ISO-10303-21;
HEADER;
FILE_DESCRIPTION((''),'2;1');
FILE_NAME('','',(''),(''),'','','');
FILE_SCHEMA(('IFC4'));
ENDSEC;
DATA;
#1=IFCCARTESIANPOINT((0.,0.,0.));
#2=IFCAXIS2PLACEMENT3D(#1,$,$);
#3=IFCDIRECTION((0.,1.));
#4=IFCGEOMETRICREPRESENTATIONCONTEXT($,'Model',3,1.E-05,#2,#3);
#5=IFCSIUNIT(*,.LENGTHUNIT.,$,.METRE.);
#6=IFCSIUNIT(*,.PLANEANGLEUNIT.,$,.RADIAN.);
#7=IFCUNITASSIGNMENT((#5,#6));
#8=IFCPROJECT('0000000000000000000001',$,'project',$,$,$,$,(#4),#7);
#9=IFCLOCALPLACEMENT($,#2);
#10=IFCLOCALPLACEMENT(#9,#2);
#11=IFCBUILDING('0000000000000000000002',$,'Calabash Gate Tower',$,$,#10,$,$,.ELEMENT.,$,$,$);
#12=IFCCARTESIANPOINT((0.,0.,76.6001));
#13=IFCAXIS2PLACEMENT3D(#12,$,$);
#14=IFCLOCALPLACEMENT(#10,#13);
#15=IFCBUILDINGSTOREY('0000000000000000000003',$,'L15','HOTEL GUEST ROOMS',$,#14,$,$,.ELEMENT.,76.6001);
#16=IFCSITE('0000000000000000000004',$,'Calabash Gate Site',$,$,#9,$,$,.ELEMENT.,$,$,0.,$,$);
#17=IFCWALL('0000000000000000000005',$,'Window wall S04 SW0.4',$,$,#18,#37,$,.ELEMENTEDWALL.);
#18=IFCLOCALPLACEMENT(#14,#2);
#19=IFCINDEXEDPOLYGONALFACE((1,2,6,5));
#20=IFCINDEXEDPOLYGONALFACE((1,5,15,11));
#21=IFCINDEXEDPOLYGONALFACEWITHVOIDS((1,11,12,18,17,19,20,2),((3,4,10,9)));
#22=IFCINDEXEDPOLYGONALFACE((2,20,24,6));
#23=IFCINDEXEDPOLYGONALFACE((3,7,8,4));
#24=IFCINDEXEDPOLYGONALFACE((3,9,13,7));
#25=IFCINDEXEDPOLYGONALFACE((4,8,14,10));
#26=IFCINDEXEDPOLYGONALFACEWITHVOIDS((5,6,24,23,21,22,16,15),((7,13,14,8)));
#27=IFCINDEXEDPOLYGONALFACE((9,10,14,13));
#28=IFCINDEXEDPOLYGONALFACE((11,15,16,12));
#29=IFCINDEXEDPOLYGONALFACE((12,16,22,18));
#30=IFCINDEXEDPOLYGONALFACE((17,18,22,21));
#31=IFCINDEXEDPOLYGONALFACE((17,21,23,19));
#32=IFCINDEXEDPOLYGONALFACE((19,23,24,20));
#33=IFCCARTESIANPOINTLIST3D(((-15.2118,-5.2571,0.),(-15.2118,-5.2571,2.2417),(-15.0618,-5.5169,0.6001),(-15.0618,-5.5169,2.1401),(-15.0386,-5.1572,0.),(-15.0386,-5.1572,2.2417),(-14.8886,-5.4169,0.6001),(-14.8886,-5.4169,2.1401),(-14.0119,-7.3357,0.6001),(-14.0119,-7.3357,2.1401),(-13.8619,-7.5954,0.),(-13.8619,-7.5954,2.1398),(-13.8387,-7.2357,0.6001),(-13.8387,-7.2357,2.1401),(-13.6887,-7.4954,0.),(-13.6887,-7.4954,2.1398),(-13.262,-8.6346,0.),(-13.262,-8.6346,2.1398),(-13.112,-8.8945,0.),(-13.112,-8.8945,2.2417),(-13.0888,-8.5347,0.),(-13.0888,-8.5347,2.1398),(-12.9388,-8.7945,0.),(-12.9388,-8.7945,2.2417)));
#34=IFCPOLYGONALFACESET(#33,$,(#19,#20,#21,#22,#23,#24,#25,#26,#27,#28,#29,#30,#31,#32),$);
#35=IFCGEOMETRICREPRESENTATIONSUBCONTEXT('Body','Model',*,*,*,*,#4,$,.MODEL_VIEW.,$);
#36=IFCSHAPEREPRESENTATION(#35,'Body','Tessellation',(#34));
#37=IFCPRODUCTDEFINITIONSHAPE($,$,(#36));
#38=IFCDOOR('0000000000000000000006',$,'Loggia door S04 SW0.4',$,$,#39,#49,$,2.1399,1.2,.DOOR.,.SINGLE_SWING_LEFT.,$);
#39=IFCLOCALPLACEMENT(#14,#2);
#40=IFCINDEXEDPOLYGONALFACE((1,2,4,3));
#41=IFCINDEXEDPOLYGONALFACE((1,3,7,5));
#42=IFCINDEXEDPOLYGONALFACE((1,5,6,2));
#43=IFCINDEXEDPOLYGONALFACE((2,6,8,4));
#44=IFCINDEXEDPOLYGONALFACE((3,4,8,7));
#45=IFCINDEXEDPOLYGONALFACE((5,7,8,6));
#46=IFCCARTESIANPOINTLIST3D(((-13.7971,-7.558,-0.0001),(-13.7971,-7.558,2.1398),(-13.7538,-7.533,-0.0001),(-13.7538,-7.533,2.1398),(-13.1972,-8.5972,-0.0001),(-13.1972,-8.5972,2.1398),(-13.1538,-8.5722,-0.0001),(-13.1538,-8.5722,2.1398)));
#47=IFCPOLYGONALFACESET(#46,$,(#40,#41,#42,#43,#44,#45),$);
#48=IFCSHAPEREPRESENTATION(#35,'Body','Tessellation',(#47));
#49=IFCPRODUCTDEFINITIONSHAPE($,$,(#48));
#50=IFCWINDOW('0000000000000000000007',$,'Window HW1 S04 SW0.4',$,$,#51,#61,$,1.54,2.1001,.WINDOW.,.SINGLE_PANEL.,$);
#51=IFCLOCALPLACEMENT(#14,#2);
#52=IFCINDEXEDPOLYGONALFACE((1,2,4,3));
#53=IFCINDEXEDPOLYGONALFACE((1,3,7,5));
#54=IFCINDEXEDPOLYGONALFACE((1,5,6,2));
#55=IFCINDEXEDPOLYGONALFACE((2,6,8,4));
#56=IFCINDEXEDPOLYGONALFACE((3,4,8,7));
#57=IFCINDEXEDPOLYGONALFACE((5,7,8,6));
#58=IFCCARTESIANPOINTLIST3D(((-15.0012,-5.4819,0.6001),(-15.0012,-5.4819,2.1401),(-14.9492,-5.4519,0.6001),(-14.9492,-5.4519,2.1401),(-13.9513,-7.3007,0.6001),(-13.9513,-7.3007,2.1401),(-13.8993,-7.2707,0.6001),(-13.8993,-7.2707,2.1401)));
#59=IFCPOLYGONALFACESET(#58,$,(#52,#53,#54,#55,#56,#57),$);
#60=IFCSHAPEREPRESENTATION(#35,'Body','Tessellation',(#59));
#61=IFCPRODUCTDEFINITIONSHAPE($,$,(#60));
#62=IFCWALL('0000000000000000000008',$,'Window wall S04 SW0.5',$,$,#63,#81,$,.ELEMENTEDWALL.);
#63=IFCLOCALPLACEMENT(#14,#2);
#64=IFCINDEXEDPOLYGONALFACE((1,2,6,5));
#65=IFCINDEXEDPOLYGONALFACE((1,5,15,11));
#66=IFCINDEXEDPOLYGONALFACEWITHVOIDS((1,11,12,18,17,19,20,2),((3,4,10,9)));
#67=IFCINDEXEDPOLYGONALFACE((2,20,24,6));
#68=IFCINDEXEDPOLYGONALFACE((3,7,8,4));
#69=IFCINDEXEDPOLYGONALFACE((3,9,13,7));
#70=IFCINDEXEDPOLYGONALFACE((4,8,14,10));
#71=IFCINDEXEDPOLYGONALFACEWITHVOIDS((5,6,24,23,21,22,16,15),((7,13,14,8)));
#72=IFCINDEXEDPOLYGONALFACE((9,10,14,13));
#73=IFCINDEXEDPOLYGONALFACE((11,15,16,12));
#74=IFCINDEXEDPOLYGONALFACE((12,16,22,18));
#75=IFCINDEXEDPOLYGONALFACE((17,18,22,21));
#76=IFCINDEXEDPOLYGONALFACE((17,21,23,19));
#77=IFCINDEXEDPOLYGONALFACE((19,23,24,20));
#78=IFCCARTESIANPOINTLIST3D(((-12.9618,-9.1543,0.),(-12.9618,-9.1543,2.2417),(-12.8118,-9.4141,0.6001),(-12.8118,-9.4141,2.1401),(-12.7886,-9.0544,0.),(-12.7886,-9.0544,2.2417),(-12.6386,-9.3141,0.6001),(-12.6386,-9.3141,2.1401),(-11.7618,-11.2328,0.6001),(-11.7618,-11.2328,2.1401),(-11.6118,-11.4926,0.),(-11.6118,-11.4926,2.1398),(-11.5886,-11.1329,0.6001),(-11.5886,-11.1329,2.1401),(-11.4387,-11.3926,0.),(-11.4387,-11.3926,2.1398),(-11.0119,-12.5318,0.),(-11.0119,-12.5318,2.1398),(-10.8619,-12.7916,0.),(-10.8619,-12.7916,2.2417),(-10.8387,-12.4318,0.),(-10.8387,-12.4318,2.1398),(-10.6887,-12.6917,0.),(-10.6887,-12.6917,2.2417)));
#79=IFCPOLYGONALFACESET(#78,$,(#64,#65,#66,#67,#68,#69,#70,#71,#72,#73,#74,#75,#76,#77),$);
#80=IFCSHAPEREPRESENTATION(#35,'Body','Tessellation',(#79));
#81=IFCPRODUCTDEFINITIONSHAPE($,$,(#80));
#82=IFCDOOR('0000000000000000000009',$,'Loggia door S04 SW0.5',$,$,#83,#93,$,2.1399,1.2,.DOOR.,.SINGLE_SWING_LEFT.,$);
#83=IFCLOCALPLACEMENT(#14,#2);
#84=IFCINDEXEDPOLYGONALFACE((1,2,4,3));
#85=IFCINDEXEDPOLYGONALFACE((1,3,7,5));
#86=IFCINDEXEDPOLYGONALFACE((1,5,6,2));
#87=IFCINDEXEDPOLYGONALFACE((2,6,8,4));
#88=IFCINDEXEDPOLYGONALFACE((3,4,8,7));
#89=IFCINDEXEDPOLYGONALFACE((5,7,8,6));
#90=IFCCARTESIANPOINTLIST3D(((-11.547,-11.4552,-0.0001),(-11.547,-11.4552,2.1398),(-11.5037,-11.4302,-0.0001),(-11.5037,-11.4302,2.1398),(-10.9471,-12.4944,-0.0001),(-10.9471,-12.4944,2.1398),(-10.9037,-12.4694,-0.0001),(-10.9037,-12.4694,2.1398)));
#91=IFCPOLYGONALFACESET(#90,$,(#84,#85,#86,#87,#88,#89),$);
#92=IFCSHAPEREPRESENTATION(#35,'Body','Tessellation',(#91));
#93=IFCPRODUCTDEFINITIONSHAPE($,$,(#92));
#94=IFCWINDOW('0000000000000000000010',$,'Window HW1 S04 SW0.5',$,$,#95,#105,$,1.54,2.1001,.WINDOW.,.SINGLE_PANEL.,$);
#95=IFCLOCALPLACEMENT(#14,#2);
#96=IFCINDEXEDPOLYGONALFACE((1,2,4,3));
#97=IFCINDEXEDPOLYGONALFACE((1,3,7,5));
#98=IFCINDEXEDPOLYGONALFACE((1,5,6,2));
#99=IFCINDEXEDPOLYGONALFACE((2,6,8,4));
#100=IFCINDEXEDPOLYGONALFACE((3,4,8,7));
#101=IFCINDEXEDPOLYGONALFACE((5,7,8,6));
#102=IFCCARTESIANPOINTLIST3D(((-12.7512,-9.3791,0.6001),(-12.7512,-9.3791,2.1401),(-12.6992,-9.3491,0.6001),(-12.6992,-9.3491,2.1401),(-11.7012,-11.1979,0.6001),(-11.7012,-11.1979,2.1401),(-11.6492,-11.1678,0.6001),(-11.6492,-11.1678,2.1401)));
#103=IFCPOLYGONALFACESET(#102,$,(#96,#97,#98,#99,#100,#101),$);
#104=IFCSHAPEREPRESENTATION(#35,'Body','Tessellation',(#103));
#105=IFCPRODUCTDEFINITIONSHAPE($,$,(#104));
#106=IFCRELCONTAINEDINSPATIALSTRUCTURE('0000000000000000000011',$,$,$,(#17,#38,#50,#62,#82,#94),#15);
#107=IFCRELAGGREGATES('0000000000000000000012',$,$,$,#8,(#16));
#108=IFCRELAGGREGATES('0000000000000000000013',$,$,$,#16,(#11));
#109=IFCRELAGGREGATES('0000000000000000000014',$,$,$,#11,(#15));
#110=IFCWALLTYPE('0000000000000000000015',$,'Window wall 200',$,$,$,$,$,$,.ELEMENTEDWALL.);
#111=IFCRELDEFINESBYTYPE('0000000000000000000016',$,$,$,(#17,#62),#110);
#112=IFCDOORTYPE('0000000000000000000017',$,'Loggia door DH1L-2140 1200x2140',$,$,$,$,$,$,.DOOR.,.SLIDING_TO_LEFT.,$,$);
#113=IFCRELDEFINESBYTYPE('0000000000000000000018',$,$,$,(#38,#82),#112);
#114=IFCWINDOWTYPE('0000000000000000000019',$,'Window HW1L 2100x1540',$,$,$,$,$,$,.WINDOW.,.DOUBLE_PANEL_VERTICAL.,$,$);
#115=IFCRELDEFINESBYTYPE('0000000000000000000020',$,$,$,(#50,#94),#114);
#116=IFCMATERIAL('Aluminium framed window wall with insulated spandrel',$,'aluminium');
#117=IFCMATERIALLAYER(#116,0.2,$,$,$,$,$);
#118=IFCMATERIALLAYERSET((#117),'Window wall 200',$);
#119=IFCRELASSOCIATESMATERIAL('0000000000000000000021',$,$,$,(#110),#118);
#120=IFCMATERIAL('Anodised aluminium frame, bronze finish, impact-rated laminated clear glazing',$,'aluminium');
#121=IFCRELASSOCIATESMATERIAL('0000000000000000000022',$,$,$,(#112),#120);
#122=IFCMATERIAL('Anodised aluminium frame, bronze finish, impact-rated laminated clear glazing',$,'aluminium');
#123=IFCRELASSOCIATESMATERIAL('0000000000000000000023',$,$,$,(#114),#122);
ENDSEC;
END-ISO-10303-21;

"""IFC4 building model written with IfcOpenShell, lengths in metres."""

from ifc_helpers import new_model, si_unit, direction, frame, frame_2d, origin, place, context, subcontext, project, spatial, rectangle, extrude, material, layer, layer_set, type_object, element, fill, save


model = new_model("IFC4")

# Units and contexts
model_context = context("Model", 3, precision=1e-05, world=origin(), true_north=direction((0.0, 1.0)))
body_context = subcontext(model_context, "Body", "Model", "MODEL_VIEW")
ifc_project = project(units=[si_unit("LENGTHUNIT", "METRE"), si_unit("PLANEANGLEUNIT", "RADIAN")], contexts=[model_context])

# Site, building, storey
site_placement = place(None, origin())
site = spatial("IfcSite", under=ifc_project, at=site_placement, Name="Calabash Gate Site", CompositionType="ELEMENT", RefElevation=0.0)
building_placement = place(site_placement, origin())
building = spatial("IfcBuilding", under=site, at=building_placement, Name="Calabash Gate Tower", CompositionType="ELEMENT")
storey_placement = place(building_placement, frame((0.0, 0.0, 76.6001)))
storey = spatial("IfcBuildingStorey", under=building, at=storey_placement, Name="L15", Description="HOTEL GUEST ROOMS", CompositionType="ELEMENT", Elevation=76.6001)

# Walls, openings, doors, windows
ifc_material_1 = material(Name="Aluminium framed window wall with insulated spandrel", Category="aluminium")
ifc_layer_1 = layer(ifc_material_1, 0.2)
ifc_layer_set_1 = layer_set([ifc_layer_1], Name="Window wall 200")
wall_type_1 = type_object("IfcWallType", Name="Window wall 200", PredefinedType="ELEMENTEDWALL", material=ifc_layer_set_1)
wall_1_placement = place(storey_placement, frame((-15.1252, -5.207, 0.0), z_axis=(0.0, 0.0, 1.0), x_axis=(0.499959, -0.866049, 0.0)))
wall_1 = element("IfcWall", 1, at=wall_1_placement, inside=storey, type_object=wall_type_1, Name="Window wall S04 SW0.4", PredefinedType="ELEMENTEDWALL", context=body_context, shape_type="SweptSolid", body=[
    extrude(rectangle(XDim=4.2, YDim=0.2, at=frame_2d((2.1001, 0.0))), origin(), (0.0, 0.0, 1.0), 2.2417),
])
opening_1_placement = place(wall_1_placement, frame((0.3, 0.0, 0.6001)))
opening_1 = element("IfcOpeningElement", 2, at=opening_1_placement, cuts=wall_1, PredefinedType="OPENING", context=body_context, shape_type="SweptSolid", body=[
    extrude(rectangle(XDim=2.1001, YDim=1.54, at=frame_2d((1.05, 0.77))), frame((0.0, 0.1099, 0.0), z_axis=(0.0, -1.0, 0.0), x_axis=(1.0, 0.0, 0.0)), (0.0, 0.0, 1.0), 0.22),
])
opening_2_placement = place(wall_1_placement, frame((2.7, 0.0, 0.0)))
opening_2 = element("IfcOpeningElement", 3, at=opening_2_placement, cuts=wall_1, PredefinedType="OPENING", context=body_context, shape_type="SweptSolid", body=[
    extrude(rectangle(XDim=1.2, YDim=2.1399, at=frame_2d((0.6001, 1.0698))), frame((0.0, 0.1099, 0.0), z_axis=(0.0, -1.0, 0.0), x_axis=(1.0, 0.0, 0.0)), (0.0, 0.0, 1.0), 0.22),
])
ifc_material_2 = material(Name="Anodised aluminium frame, bronze finish, impact-rated laminated clear glazing", Category="aluminium")
door_type_1 = type_object("IfcDoorType", Name="Loggia door DH1L-2140 1200x2140", OperationType="SLIDING_TO_LEFT", PredefinedType="DOOR", material=ifc_material_2)
door_1_placement = place(opening_2_placement, origin())
door_1 = element("IfcDoor", 4, at=door_1_placement, inside=storey, type_object=door_type_1, Name="Loggia door S04 SW0.4", OperationType="SINGLE_SWING_LEFT", OverallHeight=2.1399, OverallWidth=1.2, PredefinedType="DOOR", context=body_context, shape_type="SweptSolid", body=[
    extrude(rectangle(XDim=1.2, YDim=2.1399, at=frame_2d((0.6001, 1.0698))), frame((0.0, 0.0249, 0.0), z_axis=(0.0, -1.0, 0.0), x_axis=(1.0, 0.0, 0.0)), (0.0, 0.0, 1.0), 0.05),
])
fill(opening_2, door_1)
ifc_material_3 = material(Name="Anodised aluminium frame, bronze finish, impact-rated laminated clear glazing", Category="aluminium")
window_type_1 = type_object("IfcWindowType", Name="Window HW1L 2100x1540", PartitioningType="DOUBLE_PANEL_VERTICAL", PredefinedType="WINDOW", material=ifc_material_3)
window_1_placement = place(opening_1_placement, origin())
window_1 = element("IfcWindow", 5, at=window_1_placement, inside=storey, type_object=window_type_1, Name="Window HW1 S04 SW0.4", OverallHeight=1.54, OverallWidth=2.1001, PartitioningType="SINGLE_PANEL", PredefinedType="WINDOW", context=body_context, shape_type="SweptSolid", body=[
    extrude(rectangle(XDim=2.1001, YDim=1.54, at=frame_2d((1.05, 0.77))), frame((0.0, 0.03, 0.0), z_axis=(0.0, -1.0, 0.0), x_axis=(1.0, 0.0, 0.0)), (0.0, 0.0, 1.0), 0.0601),
])
fill(opening_1, window_1)
wall_2_placement = place(storey_placement, frame((-12.8752, -9.1042, 0.0), z_axis=(0.0, 0.0, 1.0), x_axis=(0.499984, -0.866035, 0.0)))
wall_2 = element("IfcWall", 6, at=wall_2_placement, inside=storey, type_object=wall_type_1, Name="Window wall S04 SW0.5", PredefinedType="ELEMENTEDWALL", context=body_context, shape_type="SweptSolid", body=[
    extrude(rectangle(XDim=4.2, YDim=0.2, at=frame_2d((2.1001, 0.0))), origin(), (0.0, 0.0, 1.0), 2.2417),
])
opening_3_placement = place(wall_2_placement, frame((0.3, 0.0, 0.6001)))
opening_3 = element("IfcOpeningElement", 7, at=opening_3_placement, cuts=wall_2, PredefinedType="OPENING", context=body_context, shape_type="SweptSolid", body=[
    extrude(rectangle(XDim=2.1001, YDim=1.54, at=frame_2d((1.05, 0.77))), frame((0.0, 0.1099, 0.0), z_axis=(0.0, -1.0, 0.0), x_axis=(1.0, 0.0, 0.0)), (0.0, 0.0, 1.0), 0.22),
])
opening_4_placement = place(wall_2_placement, frame((2.7, 0.0, 0.0)))
opening_4 = element("IfcOpeningElement", 8, at=opening_4_placement, cuts=wall_2, PredefinedType="OPENING", context=body_context, shape_type="SweptSolid", body=[
    extrude(rectangle(XDim=1.2, YDim=2.1399, at=frame_2d((0.6001, 1.0698))), frame((0.0, 0.1099, 0.0), z_axis=(0.0, -1.0, 0.0), x_axis=(1.0, 0.0, 0.0)), (0.0, 0.0, 1.0), 0.22),
])
door_2_placement = place(opening_4_placement, origin())
door_2 = element("IfcDoor", 9, at=door_2_placement, inside=storey, type_object=door_type_1, Name="Loggia door S04 SW0.5", OperationType="SINGLE_SWING_LEFT", OverallHeight=2.1399, OverallWidth=1.2, PredefinedType="DOOR", context=body_context, shape_type="SweptSolid", body=[
    extrude(rectangle(XDim=1.2, YDim=2.1399, at=frame_2d((0.6001, 1.0698))), frame((0.0, 0.0249, 0.0), z_axis=(0.0, -1.0, 0.0), x_axis=(1.0, 0.0, 0.0)), (0.0, 0.0, 1.0), 0.05),
])
fill(opening_4, door_2)
window_2_placement = place(opening_3_placement, origin())
window_2 = element("IfcWindow", 10, at=window_2_placement, inside=storey, type_object=window_type_1, Name="Window HW1 S04 SW0.5", OverallHeight=1.54, OverallWidth=2.1001, PartitioningType="SINGLE_PANEL", PredefinedType="WINDOW", context=body_context, shape_type="SweptSolid", body=[
    extrude(rectangle(XDim=2.1001, YDim=1.54, at=frame_2d((1.05, 0.77))), frame((0.0, 0.03, 0.0), z_axis=(0.0, -1.0, 0.0), x_axis=(1.0, 0.0, 0.0)), (0.0, 0.0, 1.0), 0.0601),
])
fill(opening_3, window_2)

save(model, "model.ifc")
